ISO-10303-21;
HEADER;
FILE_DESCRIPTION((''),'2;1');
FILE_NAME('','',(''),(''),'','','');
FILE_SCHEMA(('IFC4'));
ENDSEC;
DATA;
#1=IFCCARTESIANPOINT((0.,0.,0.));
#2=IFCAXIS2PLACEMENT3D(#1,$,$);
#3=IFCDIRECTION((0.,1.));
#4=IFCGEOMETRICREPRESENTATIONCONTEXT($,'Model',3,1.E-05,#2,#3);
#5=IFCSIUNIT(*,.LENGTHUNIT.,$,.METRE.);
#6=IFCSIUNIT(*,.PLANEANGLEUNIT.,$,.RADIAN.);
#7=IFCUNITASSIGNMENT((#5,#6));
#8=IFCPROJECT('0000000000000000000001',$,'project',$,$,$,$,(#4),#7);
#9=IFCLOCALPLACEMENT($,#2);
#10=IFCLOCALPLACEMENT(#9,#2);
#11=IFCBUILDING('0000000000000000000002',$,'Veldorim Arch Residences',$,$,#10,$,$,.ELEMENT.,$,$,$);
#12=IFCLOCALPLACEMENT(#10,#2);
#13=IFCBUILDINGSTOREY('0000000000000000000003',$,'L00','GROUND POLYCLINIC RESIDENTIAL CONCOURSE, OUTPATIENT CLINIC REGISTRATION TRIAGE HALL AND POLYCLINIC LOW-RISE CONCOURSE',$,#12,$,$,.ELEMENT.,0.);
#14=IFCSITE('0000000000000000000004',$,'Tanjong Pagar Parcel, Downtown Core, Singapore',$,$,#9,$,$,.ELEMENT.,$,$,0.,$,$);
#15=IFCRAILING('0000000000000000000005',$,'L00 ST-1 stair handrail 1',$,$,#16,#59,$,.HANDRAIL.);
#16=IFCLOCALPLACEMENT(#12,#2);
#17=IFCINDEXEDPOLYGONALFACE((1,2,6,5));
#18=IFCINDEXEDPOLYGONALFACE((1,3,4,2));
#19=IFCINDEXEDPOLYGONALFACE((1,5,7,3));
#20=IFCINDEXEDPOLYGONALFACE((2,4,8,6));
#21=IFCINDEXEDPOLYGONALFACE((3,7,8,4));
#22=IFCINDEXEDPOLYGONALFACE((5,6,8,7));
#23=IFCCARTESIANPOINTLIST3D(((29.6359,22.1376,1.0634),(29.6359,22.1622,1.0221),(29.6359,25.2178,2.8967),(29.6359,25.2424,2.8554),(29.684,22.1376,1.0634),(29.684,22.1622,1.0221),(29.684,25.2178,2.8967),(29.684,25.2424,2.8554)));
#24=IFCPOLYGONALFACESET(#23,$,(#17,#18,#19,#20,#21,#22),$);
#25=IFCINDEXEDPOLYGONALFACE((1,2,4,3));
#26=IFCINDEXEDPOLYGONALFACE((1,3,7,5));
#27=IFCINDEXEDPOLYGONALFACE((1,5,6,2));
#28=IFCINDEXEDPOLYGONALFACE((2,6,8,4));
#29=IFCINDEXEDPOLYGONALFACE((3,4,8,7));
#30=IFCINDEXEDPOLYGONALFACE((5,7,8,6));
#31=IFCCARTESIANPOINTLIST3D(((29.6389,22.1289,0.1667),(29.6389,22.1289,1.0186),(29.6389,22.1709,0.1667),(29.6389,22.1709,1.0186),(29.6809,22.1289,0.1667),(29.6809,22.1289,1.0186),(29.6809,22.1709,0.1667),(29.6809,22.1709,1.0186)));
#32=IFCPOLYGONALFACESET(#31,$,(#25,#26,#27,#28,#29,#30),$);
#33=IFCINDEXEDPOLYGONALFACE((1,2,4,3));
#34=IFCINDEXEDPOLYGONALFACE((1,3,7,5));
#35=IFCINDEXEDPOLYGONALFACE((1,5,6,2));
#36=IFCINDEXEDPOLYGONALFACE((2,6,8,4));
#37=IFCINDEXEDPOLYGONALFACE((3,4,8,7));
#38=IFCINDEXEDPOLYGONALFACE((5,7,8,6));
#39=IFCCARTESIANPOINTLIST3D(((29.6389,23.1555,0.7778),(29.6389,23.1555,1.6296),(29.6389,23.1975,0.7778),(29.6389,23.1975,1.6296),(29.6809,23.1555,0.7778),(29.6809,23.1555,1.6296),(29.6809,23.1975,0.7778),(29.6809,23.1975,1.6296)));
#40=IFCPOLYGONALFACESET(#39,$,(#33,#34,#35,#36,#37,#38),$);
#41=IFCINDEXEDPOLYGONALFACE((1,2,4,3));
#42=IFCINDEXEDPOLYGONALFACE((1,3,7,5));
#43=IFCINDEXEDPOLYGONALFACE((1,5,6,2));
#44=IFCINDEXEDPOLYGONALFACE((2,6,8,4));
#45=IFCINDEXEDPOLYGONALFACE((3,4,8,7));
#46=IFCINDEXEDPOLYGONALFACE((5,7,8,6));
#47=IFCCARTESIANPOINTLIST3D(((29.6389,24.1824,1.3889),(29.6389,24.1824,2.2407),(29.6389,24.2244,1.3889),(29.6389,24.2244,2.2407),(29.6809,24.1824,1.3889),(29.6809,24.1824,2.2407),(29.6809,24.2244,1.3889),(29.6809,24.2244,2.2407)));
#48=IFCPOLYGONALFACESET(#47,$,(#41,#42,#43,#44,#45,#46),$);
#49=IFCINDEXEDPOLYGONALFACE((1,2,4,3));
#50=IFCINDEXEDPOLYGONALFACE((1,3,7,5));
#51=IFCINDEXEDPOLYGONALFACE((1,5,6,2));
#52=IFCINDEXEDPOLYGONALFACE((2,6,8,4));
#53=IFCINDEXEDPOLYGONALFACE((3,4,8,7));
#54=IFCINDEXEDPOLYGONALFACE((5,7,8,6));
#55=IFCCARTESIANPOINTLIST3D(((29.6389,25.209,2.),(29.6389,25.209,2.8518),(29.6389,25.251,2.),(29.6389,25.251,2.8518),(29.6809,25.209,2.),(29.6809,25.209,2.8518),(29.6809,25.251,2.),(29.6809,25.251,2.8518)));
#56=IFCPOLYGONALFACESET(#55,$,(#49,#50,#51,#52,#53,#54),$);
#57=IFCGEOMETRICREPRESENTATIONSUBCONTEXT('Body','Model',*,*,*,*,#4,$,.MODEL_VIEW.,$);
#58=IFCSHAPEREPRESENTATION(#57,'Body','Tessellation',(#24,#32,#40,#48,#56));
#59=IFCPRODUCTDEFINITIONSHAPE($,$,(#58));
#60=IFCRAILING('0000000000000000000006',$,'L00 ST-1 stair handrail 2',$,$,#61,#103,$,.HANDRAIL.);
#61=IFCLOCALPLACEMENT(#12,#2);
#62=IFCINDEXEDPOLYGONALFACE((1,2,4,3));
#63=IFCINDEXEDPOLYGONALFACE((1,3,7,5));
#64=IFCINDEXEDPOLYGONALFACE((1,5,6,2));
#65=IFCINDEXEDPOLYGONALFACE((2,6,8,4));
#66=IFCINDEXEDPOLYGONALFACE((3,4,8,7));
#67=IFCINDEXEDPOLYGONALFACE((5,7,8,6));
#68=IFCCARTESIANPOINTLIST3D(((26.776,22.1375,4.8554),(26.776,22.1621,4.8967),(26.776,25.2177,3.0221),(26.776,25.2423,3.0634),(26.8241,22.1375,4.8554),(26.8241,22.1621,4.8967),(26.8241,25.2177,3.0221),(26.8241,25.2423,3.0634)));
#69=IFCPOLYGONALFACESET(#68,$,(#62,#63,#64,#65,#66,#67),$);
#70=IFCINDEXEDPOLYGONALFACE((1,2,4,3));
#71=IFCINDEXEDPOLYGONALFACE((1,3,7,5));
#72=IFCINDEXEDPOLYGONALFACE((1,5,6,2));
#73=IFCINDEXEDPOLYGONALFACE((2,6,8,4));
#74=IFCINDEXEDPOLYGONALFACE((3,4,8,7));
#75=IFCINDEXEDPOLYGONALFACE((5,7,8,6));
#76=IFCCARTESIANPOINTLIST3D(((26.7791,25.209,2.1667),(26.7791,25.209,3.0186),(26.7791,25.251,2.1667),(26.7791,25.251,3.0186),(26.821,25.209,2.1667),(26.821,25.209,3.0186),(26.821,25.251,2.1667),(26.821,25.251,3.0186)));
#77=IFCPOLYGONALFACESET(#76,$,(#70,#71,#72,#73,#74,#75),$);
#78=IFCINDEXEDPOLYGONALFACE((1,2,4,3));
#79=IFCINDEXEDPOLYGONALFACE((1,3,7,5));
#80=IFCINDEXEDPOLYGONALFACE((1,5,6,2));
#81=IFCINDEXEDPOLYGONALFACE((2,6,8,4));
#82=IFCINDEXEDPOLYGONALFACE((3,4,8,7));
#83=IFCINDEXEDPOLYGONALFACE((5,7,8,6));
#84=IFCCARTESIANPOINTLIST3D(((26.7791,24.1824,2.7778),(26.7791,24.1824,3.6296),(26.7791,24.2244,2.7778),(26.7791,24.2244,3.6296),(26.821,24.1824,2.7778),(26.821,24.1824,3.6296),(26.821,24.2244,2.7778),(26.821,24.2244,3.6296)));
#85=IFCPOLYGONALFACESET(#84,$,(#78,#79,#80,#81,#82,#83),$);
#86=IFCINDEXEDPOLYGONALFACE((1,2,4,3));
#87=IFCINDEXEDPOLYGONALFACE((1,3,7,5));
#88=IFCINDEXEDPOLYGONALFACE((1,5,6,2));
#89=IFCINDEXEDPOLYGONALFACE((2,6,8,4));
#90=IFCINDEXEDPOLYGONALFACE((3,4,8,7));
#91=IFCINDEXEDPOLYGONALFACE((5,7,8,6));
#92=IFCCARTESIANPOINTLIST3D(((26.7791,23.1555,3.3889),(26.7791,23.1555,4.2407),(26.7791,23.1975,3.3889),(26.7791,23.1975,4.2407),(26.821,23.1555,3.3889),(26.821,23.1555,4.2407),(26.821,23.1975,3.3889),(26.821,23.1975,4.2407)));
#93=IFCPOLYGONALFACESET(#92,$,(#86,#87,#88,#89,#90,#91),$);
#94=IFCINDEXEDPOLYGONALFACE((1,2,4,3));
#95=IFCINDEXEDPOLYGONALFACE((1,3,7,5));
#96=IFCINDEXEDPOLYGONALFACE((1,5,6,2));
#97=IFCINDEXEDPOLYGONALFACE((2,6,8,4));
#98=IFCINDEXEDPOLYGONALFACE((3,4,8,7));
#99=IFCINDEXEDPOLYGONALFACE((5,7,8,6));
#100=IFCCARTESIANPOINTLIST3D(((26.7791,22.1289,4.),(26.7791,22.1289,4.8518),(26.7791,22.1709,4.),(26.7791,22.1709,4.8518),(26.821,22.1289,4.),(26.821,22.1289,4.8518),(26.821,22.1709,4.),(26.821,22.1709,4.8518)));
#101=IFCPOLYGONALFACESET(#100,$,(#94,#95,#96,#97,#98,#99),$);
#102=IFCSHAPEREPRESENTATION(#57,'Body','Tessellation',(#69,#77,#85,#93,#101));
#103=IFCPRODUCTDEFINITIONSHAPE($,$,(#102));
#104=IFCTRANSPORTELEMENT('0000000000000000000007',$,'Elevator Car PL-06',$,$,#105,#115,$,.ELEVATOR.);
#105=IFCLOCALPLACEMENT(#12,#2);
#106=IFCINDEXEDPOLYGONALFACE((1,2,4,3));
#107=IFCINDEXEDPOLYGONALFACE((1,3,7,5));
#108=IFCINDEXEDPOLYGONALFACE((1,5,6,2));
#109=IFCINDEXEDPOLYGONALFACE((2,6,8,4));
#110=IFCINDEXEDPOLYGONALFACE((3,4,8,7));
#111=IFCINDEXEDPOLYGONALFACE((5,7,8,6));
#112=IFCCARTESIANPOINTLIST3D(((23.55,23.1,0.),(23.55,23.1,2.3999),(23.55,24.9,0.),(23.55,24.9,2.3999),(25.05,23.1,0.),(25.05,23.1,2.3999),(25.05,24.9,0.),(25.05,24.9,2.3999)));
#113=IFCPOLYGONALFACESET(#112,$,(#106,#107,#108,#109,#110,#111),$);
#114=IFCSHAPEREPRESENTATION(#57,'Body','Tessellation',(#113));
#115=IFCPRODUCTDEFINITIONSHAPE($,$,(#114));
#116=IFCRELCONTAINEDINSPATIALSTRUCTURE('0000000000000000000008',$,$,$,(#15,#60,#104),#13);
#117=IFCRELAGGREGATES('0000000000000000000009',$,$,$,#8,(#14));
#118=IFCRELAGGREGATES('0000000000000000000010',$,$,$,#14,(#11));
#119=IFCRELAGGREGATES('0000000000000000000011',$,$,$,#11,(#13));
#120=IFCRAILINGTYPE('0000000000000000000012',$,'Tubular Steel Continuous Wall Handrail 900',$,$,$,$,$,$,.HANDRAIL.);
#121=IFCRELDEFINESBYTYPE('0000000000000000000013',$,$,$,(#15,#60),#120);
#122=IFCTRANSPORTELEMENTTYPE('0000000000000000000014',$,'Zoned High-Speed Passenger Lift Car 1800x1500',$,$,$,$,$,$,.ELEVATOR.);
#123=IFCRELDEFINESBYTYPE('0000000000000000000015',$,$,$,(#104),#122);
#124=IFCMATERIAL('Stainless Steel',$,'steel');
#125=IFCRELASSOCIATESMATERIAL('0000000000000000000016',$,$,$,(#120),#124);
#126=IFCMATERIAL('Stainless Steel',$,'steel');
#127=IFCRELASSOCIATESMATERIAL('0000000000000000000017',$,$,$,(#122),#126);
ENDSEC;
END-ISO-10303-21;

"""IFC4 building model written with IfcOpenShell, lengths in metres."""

from ifc_helpers import new_model, si_unit, direction, frame, origin, origin_2d, place, context, subcontext, project, spatial, rectangle, extrude, material, type_object, element, save


model = new_model("IFC4")

# Units and contexts
model_context = context("Model", 3, precision=1e-05, world=origin(), true_north=direction((0.0, 1.0)))
body_context = subcontext(model_context, "Body", "Model", "MODEL_VIEW")
ifc_project = project(units=[si_unit("LENGTHUNIT", "METRE"), si_unit("PLANEANGLEUNIT", "RADIAN")], contexts=[model_context])

# Site, building, storey
site_placement = place(None, origin())
site = spatial("IfcSite", under=ifc_project, at=site_placement, Name="Tanjong Pagar Parcel, Downtown Core, Singapore", CompositionType="ELEMENT", RefElevation=0.0)
building_placement = place(site_placement, origin())
building = spatial("IfcBuilding", under=site, at=building_placement, Name="Veldorim Arch Residences", CompositionType="ELEMENT")
storey_placement = place(building_placement, origin())
storey = spatial("IfcBuildingStorey", under=building, at=storey_placement, Name="L00", Description="GROUND POLYCLINIC RESIDENTIAL CONCOURSE, OUTPATIENT CLINIC REGISTRATION TRIAGE HALL AND POLYCLINIC LOW-RISE CONCOURSE", CompositionType="ELEMENT", Elevation=0.0)

# Railings
ifc_material_1 = material(Name="Stainless Steel", Category="steel")
railing_type_1 = type_object("IfcRailingType", Name="Tubular Steel Continuous Wall Handrail 900", PredefinedType="HANDRAIL", material=ifc_material_1)
railing_1_placement = place(storey_placement, frame((29.6599, 22.1499, 0.1667)))
element("IfcRailing", 1, at=railing_1_placement, inside=storey, type_object=railing_type_1, Name="L00 ST-1 stair handrail 1", PredefinedType="HANDRAIL", context=body_context, shape_type="SweptSolid", body=[
    extrude(rectangle(XDim=0.0481, YDim=0.0481, at=origin_2d()), frame((0.0, 0.0, 0.876), z_axis=(0.0, 0.859309, 0.511458), x_axis=(-1.0, 0.0, 0.0)), (0.0, 0.0, 1.0), 3.5845),
    extrude(rectangle(XDim=0.042, YDim=0.042, at=origin_2d()), origin(), (0.0, 0.0, 1.0), 0.8518),
    extrude(rectangle(XDim=0.042, YDim=0.042, at=origin_2d()), frame((0.0, 1.0266, 0.6111)), (0.0, 0.0, 1.0), 0.8518),
    extrude(rectangle(XDim=0.042, YDim=0.042, at=origin_2d()), frame((0.0, 2.0535, 1.2222)), (0.0, 0.0, 1.0), 0.8518),
    extrude(rectangle(XDim=0.042, YDim=0.042, at=origin_2d()), frame((0.0, 3.0801, 1.8333)), (0.0, 0.0, 1.0), 0.8518),
])
railing_2_placement = place(storey_placement, frame((26.8, 25.23, 2.1667)))
element("IfcRailing", 2, at=railing_2_placement, inside=storey, type_object=railing_type_1, Name="L00 ST-1 stair handrail 2", PredefinedType="HANDRAIL", context=body_context, shape_type="SweptSolid", body=[
    extrude(rectangle(XDim=0.0481, YDim=0.0481, at=origin_2d()), frame((0.0, 0.0, 0.876), z_axis=(0.0, -0.859309, 0.511458), x_axis=(1.0, 0.0, 0.0)), (0.0, 0.0, 1.0), 3.5845),
    extrude(rectangle(XDim=0.042, YDim=0.042, at=origin_2d()), origin(), (0.0, 0.0, 1.0), 0.8518),
    extrude(rectangle(XDim=0.042, YDim=0.042, at=origin_2d()), frame((0.0, -1.0266, 0.6111)), (0.0, 0.0, 1.0), 0.8518),
    extrude(rectangle(XDim=0.042, YDim=0.042, at=origin_2d()), frame((0.0, -2.0535, 1.2222)), (0.0, 0.0, 1.0), 0.8518),
    extrude(rectangle(XDim=0.042, YDim=0.042, at=origin_2d()), frame((0.0, -3.0801, 1.8333)), (0.0, 0.0, 1.0), 0.8518),
])

# Transport element
ifc_material_2 = material(Name="Stainless Steel", Category="steel")
transport_element_type = type_object("IfcTransportElementType", Name="Zoned High-Speed Passenger Lift Car 1800x1500", PredefinedType="ELEVATOR", material=ifc_material_2)
transport_element_placement = place(storey_placement, frame((24.3, 24.0, 0.0), z_axis=(0.0, 0.0, 1.0), x_axis=(0.0, 1.0, 0.0)))
element("IfcTransportElement", 3, at=transport_element_placement, inside=storey, type_object=transport_element_type, Name="Elevator Car PL-06", PredefinedType="ELEVATOR", context=body_context, shape_type="SweptSolid", body=[
    extrude(rectangle(XDim=1.8, YDim=1.5, at=origin_2d()), origin(), (0.0, 0.0, 1.0), 2.3999),
])

save(model, "model.ifc")
